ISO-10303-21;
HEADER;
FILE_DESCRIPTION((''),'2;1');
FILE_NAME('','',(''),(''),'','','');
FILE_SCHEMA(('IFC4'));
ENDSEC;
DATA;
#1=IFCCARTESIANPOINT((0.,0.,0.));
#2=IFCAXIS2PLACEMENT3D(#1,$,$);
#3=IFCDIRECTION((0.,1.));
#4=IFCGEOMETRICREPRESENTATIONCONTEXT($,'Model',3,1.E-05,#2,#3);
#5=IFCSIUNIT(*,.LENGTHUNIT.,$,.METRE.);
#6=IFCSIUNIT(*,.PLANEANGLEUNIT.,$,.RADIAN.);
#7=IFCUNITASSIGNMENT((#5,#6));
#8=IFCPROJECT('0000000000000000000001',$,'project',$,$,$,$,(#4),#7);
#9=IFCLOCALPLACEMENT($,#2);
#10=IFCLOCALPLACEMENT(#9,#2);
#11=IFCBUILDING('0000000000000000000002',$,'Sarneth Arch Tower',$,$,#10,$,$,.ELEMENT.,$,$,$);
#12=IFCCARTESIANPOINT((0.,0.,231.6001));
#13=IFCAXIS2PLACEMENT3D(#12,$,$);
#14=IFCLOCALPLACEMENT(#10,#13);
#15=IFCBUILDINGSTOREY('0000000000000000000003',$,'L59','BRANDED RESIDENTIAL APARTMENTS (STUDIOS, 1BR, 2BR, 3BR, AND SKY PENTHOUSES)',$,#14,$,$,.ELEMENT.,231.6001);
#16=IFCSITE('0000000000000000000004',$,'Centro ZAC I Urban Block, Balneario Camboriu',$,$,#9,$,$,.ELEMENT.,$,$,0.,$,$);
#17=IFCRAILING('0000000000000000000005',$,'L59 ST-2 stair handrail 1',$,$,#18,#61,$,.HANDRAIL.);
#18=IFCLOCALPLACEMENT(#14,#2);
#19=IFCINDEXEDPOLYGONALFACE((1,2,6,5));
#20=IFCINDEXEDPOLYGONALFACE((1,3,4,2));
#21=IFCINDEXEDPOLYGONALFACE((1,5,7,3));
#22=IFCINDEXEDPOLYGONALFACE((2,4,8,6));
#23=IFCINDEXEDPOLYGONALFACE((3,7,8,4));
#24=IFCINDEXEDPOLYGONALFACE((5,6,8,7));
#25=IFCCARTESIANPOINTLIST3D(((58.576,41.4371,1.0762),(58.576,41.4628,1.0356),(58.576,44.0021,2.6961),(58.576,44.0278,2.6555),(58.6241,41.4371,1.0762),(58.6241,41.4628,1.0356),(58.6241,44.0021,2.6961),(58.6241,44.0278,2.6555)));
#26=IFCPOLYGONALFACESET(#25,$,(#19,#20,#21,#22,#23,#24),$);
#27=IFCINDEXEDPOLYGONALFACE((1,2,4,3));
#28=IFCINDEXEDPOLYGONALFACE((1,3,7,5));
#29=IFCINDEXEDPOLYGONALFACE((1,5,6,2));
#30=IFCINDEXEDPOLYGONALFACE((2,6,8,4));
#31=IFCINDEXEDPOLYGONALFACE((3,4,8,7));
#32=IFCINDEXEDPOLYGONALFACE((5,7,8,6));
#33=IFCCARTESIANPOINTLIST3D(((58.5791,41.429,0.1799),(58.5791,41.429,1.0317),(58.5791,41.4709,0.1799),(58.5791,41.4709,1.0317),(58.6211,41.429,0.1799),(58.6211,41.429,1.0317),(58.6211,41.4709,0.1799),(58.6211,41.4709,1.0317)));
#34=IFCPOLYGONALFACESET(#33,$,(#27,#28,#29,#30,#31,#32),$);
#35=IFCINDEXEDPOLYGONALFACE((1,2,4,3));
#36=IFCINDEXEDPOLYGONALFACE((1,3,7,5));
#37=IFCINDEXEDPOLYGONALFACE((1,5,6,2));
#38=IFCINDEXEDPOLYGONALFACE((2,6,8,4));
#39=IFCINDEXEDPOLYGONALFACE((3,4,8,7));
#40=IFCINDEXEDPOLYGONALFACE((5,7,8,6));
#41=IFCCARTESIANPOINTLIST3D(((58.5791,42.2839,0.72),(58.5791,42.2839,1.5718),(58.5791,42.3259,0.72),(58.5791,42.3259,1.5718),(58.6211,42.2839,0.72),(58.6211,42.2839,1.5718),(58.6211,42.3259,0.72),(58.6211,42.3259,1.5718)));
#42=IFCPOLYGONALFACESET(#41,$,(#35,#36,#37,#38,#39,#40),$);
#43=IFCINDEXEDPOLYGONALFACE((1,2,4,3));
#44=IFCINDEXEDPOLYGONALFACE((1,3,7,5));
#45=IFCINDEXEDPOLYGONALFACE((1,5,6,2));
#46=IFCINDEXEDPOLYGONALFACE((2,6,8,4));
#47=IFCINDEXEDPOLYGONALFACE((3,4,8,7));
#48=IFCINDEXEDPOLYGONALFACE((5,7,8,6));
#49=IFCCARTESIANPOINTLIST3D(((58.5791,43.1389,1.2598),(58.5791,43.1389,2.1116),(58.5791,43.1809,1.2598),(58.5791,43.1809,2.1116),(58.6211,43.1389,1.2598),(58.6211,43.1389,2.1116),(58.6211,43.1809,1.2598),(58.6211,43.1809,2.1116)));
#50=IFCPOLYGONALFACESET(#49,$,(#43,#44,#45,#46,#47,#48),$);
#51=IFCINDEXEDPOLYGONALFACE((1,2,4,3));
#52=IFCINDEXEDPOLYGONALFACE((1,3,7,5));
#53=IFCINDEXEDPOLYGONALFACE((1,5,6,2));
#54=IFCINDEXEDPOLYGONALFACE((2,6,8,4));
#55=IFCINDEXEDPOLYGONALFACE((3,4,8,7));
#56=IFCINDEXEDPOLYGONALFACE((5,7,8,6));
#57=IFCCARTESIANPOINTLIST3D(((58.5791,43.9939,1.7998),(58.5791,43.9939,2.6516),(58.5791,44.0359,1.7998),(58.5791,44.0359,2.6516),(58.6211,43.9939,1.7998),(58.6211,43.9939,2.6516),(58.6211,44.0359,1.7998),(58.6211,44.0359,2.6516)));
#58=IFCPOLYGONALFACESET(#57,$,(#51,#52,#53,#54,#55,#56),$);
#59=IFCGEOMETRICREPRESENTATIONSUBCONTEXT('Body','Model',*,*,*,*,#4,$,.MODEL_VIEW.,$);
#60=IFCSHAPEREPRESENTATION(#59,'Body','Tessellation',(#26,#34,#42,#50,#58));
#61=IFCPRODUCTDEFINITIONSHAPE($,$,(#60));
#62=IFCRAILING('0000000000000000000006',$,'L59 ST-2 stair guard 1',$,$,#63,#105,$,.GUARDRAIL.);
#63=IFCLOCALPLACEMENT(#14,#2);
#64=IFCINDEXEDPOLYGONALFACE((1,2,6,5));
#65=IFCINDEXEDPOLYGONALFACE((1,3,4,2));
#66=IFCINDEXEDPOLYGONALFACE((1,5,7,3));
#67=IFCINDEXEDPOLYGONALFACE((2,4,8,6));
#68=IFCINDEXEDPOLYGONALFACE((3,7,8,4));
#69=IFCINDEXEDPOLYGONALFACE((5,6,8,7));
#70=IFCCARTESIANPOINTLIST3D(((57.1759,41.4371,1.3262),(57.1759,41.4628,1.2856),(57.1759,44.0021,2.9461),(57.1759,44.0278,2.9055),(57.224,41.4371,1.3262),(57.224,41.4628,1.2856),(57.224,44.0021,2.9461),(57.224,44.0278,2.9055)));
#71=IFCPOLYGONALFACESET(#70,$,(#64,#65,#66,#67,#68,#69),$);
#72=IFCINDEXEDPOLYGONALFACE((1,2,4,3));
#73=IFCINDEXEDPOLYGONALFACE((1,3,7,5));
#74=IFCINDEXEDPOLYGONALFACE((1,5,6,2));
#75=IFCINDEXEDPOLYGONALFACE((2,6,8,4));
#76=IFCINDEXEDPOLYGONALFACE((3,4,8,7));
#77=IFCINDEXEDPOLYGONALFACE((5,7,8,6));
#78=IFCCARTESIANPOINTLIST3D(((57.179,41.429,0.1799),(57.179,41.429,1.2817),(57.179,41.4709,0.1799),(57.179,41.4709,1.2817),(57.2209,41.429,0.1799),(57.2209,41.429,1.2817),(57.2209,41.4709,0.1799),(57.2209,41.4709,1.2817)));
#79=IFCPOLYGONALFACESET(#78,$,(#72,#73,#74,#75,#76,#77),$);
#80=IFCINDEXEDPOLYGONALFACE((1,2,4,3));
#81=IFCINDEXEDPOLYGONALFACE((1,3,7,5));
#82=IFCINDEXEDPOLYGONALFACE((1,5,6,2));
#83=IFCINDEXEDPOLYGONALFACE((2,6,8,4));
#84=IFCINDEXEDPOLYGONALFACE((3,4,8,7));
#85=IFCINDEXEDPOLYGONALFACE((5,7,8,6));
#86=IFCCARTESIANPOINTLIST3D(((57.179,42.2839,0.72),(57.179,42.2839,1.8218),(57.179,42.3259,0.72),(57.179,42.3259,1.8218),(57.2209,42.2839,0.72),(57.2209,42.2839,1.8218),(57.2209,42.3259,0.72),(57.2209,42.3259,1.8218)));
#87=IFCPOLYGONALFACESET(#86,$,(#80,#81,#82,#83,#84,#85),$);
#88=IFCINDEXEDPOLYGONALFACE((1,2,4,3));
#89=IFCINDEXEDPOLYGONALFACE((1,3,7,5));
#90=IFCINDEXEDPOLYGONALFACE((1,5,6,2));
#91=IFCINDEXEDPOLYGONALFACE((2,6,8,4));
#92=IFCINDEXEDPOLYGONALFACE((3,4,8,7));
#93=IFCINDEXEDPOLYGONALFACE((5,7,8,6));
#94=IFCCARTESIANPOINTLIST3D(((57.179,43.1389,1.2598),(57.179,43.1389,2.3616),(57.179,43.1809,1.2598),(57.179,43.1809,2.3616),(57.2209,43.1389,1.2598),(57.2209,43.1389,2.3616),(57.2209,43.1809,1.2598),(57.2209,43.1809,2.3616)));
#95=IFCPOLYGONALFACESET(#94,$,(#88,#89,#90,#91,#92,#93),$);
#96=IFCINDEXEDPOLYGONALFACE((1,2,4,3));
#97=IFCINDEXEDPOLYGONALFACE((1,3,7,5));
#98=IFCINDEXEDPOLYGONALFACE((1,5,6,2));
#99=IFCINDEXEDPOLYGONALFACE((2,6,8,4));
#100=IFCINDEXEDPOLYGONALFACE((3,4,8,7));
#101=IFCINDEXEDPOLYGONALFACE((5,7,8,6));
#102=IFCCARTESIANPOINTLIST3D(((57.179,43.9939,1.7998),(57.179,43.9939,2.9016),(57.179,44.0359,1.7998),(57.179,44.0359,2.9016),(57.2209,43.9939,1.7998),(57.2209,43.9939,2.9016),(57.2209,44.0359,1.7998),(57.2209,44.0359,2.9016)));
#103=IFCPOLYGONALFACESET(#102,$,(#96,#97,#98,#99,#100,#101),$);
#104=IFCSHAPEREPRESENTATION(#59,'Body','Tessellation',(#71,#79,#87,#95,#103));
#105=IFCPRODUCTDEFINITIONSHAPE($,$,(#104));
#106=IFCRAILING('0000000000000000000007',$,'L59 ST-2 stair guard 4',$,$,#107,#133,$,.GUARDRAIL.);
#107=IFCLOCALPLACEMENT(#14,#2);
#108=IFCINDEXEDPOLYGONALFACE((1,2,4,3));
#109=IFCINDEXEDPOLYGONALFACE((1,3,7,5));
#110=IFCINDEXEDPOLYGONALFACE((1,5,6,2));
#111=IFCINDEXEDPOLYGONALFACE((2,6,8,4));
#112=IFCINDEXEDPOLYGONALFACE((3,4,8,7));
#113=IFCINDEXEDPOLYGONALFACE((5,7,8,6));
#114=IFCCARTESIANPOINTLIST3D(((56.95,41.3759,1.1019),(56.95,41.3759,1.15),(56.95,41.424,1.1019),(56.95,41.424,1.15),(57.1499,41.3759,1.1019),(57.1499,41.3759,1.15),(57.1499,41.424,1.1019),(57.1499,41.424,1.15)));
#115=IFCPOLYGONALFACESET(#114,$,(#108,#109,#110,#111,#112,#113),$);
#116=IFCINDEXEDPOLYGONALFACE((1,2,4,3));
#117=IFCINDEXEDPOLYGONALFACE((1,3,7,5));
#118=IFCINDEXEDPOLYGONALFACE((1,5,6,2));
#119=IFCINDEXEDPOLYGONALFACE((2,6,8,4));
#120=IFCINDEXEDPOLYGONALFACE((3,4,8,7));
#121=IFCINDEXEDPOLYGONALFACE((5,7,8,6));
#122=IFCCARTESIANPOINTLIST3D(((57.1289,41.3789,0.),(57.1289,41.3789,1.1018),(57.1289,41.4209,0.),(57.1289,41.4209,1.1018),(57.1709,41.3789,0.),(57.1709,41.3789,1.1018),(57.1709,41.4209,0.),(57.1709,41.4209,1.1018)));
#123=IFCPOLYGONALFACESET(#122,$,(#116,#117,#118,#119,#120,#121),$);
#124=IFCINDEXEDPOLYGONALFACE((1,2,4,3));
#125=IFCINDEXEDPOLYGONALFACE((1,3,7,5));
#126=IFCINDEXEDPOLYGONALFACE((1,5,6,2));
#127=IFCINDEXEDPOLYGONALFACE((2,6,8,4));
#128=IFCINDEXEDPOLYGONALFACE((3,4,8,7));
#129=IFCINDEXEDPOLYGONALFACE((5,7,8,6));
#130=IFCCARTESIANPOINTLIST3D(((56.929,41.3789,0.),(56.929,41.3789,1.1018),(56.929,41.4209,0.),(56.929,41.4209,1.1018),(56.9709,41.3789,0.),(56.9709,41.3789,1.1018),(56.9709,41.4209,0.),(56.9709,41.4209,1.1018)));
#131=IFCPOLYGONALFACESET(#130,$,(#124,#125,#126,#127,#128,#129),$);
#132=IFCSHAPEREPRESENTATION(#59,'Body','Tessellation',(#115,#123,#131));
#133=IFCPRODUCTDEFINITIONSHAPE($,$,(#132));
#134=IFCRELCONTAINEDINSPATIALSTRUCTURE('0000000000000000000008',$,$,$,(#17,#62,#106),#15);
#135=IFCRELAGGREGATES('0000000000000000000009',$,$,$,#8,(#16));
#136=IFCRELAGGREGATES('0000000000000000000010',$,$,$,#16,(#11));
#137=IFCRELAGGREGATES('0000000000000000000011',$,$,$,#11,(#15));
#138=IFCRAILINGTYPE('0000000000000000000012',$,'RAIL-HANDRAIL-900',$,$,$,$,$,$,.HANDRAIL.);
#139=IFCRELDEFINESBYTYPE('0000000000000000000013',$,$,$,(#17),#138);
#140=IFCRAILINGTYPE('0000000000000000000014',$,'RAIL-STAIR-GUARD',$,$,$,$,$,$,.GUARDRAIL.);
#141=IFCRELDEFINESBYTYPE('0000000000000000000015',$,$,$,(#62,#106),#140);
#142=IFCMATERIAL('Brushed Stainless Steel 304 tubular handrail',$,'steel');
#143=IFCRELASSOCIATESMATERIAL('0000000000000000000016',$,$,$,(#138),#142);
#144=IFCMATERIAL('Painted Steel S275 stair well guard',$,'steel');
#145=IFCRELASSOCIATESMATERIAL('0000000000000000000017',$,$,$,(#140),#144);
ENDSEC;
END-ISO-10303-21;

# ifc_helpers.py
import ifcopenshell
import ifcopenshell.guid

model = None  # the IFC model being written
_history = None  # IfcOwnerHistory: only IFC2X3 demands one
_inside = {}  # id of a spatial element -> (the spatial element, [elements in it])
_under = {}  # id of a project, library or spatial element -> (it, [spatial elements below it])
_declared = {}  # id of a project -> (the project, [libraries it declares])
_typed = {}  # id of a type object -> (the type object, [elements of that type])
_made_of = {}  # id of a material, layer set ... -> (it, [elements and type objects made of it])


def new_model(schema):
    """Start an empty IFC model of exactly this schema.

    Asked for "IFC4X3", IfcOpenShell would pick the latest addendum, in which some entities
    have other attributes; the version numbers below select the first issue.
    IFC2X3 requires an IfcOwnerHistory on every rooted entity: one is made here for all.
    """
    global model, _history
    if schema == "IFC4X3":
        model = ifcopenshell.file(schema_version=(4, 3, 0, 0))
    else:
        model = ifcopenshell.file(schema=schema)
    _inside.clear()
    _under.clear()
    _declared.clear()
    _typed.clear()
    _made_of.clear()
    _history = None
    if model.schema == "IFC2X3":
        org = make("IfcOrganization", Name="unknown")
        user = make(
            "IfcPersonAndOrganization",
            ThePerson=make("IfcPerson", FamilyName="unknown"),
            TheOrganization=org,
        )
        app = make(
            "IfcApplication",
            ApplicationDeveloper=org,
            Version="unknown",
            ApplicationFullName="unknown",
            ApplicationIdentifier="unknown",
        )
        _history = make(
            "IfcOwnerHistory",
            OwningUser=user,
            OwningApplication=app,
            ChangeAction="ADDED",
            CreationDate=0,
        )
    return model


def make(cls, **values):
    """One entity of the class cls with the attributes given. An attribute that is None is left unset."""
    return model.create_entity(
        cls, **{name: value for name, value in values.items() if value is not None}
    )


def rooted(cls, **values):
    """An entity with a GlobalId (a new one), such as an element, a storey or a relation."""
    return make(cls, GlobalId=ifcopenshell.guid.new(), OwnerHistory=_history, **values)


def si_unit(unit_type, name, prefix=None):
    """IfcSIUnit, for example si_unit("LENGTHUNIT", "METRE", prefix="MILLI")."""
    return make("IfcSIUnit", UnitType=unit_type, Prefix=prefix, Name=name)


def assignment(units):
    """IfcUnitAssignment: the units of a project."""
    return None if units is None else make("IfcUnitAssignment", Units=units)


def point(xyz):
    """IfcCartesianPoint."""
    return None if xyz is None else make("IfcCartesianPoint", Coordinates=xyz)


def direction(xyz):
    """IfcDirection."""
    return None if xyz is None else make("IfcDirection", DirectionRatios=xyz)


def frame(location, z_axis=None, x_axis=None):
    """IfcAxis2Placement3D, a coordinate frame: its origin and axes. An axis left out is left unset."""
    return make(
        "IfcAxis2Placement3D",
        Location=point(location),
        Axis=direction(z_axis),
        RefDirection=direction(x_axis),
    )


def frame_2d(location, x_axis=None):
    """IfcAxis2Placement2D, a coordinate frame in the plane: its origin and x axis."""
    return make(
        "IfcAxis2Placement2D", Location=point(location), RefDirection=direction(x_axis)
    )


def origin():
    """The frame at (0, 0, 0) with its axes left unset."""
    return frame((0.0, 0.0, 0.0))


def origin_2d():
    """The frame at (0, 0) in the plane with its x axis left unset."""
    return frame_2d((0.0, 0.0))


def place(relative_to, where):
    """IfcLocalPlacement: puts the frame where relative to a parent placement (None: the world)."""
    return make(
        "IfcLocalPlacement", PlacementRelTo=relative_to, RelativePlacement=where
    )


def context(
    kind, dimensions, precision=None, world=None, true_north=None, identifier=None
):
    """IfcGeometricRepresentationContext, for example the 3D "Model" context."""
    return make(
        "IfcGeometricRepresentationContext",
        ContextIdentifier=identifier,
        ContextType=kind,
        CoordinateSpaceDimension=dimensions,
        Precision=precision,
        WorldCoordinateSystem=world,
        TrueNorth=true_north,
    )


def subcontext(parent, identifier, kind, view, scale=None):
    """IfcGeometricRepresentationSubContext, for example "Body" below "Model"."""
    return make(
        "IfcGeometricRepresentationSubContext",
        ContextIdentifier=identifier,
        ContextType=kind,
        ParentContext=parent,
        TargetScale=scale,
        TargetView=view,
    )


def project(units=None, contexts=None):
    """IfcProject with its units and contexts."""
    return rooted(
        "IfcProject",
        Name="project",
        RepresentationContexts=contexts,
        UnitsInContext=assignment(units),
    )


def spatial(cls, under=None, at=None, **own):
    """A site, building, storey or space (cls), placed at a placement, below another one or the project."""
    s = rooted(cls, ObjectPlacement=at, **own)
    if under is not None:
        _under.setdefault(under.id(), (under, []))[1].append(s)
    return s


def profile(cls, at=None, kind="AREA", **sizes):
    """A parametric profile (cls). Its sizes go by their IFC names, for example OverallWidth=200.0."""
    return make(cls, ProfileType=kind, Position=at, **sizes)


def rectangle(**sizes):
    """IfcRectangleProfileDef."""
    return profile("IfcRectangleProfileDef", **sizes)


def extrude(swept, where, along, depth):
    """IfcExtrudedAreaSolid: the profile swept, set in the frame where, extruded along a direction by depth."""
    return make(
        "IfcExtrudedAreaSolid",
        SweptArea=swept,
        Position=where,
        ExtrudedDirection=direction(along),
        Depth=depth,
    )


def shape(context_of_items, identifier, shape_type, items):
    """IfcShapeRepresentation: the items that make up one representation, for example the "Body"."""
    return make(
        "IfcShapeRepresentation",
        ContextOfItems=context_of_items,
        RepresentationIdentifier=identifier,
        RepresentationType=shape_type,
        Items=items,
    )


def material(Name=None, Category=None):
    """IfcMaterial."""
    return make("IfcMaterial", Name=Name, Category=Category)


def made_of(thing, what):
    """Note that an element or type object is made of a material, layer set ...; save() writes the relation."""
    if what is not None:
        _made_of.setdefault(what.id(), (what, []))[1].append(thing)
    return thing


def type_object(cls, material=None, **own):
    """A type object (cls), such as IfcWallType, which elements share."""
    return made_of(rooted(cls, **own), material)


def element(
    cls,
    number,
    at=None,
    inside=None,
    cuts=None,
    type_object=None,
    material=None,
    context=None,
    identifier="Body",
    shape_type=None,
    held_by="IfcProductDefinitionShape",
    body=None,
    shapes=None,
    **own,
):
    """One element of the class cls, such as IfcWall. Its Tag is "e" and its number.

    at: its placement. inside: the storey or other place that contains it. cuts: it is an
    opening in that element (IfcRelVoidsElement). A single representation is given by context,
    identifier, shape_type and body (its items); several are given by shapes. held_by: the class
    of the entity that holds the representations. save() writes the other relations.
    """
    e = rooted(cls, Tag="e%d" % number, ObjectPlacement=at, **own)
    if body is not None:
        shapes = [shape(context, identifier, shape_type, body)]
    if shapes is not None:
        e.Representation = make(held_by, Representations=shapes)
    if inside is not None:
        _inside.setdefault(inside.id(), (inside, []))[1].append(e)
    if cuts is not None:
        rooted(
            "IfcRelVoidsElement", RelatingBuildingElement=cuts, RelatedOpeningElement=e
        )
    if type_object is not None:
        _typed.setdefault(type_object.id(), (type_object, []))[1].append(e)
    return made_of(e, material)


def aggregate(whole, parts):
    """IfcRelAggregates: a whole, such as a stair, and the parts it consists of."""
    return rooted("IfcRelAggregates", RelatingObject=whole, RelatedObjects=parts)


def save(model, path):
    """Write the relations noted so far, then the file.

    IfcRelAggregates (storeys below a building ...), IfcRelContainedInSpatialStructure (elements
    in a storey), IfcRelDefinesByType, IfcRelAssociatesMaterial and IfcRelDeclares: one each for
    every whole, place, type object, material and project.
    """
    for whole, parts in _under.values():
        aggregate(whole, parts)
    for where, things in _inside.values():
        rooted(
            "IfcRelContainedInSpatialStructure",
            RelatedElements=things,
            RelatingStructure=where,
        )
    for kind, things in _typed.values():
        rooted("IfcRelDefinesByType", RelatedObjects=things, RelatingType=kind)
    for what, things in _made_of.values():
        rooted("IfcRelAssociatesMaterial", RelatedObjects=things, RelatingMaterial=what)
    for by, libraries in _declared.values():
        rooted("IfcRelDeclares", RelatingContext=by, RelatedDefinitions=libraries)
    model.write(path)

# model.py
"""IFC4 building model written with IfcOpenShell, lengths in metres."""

from ifc_helpers import new_model, si_unit, direction, frame, origin, origin_2d, place, context, subcontext, project, spatial, rectangle, extrude, material, type_object, element, save


model = new_model("IFC4")

# Units and contexts
model_context = context("Model", 3, precision=1e-05, world=origin(), true_north=direction((0.0, 1.0)))
body_context = subcontext(model_context, "Body", "Model", "MODEL_VIEW")
ifc_project = project(units=[si_unit("LENGTHUNIT", "METRE"), si_unit("PLANEANGLEUNIT", "RADIAN")], contexts=[model_context])

# Site, building, storey
site_placement = place(None, origin())
site = spatial("IfcSite", under=ifc_project, at=site_placement, Name="Centro ZAC I Urban Block, Balneario Camboriu", CompositionType="ELEMENT", RefElevation=0.0)
building_placement = place(site_placement, origin())
building = spatial("IfcBuilding", under=site, at=building_placement, Name="Sarneth Arch Tower", CompositionType="ELEMENT")
storey_placement = place(building_placement, frame((0.0, 0.0, 231.6001)))
storey = spatial("IfcBuildingStorey", under=building, at=storey_placement, Name="L59", Description="BRANDED RESIDENTIAL APARTMENTS (STUDIOS, 1BR, 2BR, 3BR, AND SKY PENTHOUSES)", CompositionType="ELEMENT", Elevation=231.6001)

# Railings
ifc_material_1 = material(Name="Brushed Stainless Steel 304 tubular handrail", Category="steel")
railing_type_1 = type_object("IfcRailingType", Name="RAIL-HANDRAIL-900", PredefinedType="HANDRAIL", material=ifc_material_1)
railing_1_placement = place(storey_placement, frame((58.6001, 41.45, 0.1799)))
element("IfcRailing", 1, at=railing_1_placement, inside=storey, type_object=railing_type_1, Name="L59 ST-2 stair handrail 1", PredefinedType="HANDRAIL", context=body_context, shape_type="SweptSolid", body=[
    extrude(rectangle(XDim=0.0481, YDim=0.0481, at=origin_2d()), frame((0.0, 0.0, 0.876), z_axis=(0.0, 0.845502, 0.533972), x_axis=(-1.0, 0.0, 0.0)), (0.0, 0.0, 1.0), 3.0337),
    extrude(rectangle(XDim=0.042, YDim=0.042, at=origin_2d()), origin(), (0.0, 0.0, 1.0), 0.8518),
    extrude(rectangle(XDim=0.042, YDim=0.042, at=origin_2d()), frame((0.0, 0.855, 0.54)), (0.0, 0.0, 1.0), 0.8518),
    extrude(rectangle(XDim=0.042, YDim=0.042, at=origin_2d()), frame((0.0, 1.71, 1.0798)), (0.0, 0.0, 1.0), 0.8518),
    extrude(rectangle(XDim=0.042, YDim=0.042, at=origin_2d()), frame((0.0, 2.5649, 1.6199)), (0.0, 0.0, 1.0), 0.8518),
])
ifc_material_2 = material(Name="Painted Steel S275 stair well guard", Category="steel")
railing_type_2 = type_object("IfcRailingType", Name="RAIL-STAIR-GUARD", PredefinedType="GUARDRAIL", material=ifc_material_2)
railing_2_placement = place(storey_placement, frame((57.2, 41.45, 0.1799)))
element("IfcRailing", 2, at=railing_2_placement, inside=storey, type_object=railing_type_2, Name="L59 ST-2 stair guard 1", PredefinedType="GUARDRAIL", context=body_context, shape_type="SweptSolid", body=[
    extrude(rectangle(XDim=0.0481, YDim=0.0481, at=origin_2d()), frame((0.0, 0.0, 1.126), z_axis=(0.0, 0.845502, 0.533972), x_axis=(-1.0, 0.0, 0.0)), (0.0, 0.0, 1.0), 3.0337),
    extrude(rectangle(XDim=0.042, YDim=0.042, at=origin_2d()), origin(), (0.0, 0.0, 1.0), 1.1018),
    extrude(rectangle(XDim=0.042, YDim=0.042, at=origin_2d()), frame((0.0, 0.855, 0.54)), (0.0, 0.0, 1.0), 1.1018),
    extrude(rectangle(XDim=0.042, YDim=0.042, at=origin_2d()), frame((0.0, 1.71, 1.0798)), (0.0, 0.0, 1.0), 1.1018),
    extrude(rectangle(XDim=0.042, YDim=0.042, at=origin_2d()), frame((0.0, 2.5649, 1.6199)), (0.0, 0.0, 1.0), 1.1018),
])
railing_3_placement = place(storey_placement, frame((57.1499, 41.3999, 0.0)))
element("IfcRailing", 3, at=railing_3_placement, inside=storey, type_object=railing_type_2, Name="L59 ST-2 stair guard 4", PredefinedType="GUARDRAIL", context=body_context, shape_type="SweptSolid", body=[
    extrude(rectangle(XDim=0.0481, YDim=0.0481, at=origin_2d()), frame((0.0, 0.0, 1.126), z_axis=(-1.0, 0.0, 0.0), x_axis=(0.0, -1.0, 0.0)), (0.0, 0.0, 1.0), 0.2),
    extrude(rectangle(XDim=0.042, YDim=0.042, at=origin_2d()), origin(), (0.0, 0.0, 1.0), 1.1018),
    extrude(rectangle(XDim=0.042, YDim=0.042, at=origin_2d()), frame((-0.2, 0.0, 0.0)), (0.0, 0.0, 1.0), 1.1018),
])

save(model, "model.ifc")
